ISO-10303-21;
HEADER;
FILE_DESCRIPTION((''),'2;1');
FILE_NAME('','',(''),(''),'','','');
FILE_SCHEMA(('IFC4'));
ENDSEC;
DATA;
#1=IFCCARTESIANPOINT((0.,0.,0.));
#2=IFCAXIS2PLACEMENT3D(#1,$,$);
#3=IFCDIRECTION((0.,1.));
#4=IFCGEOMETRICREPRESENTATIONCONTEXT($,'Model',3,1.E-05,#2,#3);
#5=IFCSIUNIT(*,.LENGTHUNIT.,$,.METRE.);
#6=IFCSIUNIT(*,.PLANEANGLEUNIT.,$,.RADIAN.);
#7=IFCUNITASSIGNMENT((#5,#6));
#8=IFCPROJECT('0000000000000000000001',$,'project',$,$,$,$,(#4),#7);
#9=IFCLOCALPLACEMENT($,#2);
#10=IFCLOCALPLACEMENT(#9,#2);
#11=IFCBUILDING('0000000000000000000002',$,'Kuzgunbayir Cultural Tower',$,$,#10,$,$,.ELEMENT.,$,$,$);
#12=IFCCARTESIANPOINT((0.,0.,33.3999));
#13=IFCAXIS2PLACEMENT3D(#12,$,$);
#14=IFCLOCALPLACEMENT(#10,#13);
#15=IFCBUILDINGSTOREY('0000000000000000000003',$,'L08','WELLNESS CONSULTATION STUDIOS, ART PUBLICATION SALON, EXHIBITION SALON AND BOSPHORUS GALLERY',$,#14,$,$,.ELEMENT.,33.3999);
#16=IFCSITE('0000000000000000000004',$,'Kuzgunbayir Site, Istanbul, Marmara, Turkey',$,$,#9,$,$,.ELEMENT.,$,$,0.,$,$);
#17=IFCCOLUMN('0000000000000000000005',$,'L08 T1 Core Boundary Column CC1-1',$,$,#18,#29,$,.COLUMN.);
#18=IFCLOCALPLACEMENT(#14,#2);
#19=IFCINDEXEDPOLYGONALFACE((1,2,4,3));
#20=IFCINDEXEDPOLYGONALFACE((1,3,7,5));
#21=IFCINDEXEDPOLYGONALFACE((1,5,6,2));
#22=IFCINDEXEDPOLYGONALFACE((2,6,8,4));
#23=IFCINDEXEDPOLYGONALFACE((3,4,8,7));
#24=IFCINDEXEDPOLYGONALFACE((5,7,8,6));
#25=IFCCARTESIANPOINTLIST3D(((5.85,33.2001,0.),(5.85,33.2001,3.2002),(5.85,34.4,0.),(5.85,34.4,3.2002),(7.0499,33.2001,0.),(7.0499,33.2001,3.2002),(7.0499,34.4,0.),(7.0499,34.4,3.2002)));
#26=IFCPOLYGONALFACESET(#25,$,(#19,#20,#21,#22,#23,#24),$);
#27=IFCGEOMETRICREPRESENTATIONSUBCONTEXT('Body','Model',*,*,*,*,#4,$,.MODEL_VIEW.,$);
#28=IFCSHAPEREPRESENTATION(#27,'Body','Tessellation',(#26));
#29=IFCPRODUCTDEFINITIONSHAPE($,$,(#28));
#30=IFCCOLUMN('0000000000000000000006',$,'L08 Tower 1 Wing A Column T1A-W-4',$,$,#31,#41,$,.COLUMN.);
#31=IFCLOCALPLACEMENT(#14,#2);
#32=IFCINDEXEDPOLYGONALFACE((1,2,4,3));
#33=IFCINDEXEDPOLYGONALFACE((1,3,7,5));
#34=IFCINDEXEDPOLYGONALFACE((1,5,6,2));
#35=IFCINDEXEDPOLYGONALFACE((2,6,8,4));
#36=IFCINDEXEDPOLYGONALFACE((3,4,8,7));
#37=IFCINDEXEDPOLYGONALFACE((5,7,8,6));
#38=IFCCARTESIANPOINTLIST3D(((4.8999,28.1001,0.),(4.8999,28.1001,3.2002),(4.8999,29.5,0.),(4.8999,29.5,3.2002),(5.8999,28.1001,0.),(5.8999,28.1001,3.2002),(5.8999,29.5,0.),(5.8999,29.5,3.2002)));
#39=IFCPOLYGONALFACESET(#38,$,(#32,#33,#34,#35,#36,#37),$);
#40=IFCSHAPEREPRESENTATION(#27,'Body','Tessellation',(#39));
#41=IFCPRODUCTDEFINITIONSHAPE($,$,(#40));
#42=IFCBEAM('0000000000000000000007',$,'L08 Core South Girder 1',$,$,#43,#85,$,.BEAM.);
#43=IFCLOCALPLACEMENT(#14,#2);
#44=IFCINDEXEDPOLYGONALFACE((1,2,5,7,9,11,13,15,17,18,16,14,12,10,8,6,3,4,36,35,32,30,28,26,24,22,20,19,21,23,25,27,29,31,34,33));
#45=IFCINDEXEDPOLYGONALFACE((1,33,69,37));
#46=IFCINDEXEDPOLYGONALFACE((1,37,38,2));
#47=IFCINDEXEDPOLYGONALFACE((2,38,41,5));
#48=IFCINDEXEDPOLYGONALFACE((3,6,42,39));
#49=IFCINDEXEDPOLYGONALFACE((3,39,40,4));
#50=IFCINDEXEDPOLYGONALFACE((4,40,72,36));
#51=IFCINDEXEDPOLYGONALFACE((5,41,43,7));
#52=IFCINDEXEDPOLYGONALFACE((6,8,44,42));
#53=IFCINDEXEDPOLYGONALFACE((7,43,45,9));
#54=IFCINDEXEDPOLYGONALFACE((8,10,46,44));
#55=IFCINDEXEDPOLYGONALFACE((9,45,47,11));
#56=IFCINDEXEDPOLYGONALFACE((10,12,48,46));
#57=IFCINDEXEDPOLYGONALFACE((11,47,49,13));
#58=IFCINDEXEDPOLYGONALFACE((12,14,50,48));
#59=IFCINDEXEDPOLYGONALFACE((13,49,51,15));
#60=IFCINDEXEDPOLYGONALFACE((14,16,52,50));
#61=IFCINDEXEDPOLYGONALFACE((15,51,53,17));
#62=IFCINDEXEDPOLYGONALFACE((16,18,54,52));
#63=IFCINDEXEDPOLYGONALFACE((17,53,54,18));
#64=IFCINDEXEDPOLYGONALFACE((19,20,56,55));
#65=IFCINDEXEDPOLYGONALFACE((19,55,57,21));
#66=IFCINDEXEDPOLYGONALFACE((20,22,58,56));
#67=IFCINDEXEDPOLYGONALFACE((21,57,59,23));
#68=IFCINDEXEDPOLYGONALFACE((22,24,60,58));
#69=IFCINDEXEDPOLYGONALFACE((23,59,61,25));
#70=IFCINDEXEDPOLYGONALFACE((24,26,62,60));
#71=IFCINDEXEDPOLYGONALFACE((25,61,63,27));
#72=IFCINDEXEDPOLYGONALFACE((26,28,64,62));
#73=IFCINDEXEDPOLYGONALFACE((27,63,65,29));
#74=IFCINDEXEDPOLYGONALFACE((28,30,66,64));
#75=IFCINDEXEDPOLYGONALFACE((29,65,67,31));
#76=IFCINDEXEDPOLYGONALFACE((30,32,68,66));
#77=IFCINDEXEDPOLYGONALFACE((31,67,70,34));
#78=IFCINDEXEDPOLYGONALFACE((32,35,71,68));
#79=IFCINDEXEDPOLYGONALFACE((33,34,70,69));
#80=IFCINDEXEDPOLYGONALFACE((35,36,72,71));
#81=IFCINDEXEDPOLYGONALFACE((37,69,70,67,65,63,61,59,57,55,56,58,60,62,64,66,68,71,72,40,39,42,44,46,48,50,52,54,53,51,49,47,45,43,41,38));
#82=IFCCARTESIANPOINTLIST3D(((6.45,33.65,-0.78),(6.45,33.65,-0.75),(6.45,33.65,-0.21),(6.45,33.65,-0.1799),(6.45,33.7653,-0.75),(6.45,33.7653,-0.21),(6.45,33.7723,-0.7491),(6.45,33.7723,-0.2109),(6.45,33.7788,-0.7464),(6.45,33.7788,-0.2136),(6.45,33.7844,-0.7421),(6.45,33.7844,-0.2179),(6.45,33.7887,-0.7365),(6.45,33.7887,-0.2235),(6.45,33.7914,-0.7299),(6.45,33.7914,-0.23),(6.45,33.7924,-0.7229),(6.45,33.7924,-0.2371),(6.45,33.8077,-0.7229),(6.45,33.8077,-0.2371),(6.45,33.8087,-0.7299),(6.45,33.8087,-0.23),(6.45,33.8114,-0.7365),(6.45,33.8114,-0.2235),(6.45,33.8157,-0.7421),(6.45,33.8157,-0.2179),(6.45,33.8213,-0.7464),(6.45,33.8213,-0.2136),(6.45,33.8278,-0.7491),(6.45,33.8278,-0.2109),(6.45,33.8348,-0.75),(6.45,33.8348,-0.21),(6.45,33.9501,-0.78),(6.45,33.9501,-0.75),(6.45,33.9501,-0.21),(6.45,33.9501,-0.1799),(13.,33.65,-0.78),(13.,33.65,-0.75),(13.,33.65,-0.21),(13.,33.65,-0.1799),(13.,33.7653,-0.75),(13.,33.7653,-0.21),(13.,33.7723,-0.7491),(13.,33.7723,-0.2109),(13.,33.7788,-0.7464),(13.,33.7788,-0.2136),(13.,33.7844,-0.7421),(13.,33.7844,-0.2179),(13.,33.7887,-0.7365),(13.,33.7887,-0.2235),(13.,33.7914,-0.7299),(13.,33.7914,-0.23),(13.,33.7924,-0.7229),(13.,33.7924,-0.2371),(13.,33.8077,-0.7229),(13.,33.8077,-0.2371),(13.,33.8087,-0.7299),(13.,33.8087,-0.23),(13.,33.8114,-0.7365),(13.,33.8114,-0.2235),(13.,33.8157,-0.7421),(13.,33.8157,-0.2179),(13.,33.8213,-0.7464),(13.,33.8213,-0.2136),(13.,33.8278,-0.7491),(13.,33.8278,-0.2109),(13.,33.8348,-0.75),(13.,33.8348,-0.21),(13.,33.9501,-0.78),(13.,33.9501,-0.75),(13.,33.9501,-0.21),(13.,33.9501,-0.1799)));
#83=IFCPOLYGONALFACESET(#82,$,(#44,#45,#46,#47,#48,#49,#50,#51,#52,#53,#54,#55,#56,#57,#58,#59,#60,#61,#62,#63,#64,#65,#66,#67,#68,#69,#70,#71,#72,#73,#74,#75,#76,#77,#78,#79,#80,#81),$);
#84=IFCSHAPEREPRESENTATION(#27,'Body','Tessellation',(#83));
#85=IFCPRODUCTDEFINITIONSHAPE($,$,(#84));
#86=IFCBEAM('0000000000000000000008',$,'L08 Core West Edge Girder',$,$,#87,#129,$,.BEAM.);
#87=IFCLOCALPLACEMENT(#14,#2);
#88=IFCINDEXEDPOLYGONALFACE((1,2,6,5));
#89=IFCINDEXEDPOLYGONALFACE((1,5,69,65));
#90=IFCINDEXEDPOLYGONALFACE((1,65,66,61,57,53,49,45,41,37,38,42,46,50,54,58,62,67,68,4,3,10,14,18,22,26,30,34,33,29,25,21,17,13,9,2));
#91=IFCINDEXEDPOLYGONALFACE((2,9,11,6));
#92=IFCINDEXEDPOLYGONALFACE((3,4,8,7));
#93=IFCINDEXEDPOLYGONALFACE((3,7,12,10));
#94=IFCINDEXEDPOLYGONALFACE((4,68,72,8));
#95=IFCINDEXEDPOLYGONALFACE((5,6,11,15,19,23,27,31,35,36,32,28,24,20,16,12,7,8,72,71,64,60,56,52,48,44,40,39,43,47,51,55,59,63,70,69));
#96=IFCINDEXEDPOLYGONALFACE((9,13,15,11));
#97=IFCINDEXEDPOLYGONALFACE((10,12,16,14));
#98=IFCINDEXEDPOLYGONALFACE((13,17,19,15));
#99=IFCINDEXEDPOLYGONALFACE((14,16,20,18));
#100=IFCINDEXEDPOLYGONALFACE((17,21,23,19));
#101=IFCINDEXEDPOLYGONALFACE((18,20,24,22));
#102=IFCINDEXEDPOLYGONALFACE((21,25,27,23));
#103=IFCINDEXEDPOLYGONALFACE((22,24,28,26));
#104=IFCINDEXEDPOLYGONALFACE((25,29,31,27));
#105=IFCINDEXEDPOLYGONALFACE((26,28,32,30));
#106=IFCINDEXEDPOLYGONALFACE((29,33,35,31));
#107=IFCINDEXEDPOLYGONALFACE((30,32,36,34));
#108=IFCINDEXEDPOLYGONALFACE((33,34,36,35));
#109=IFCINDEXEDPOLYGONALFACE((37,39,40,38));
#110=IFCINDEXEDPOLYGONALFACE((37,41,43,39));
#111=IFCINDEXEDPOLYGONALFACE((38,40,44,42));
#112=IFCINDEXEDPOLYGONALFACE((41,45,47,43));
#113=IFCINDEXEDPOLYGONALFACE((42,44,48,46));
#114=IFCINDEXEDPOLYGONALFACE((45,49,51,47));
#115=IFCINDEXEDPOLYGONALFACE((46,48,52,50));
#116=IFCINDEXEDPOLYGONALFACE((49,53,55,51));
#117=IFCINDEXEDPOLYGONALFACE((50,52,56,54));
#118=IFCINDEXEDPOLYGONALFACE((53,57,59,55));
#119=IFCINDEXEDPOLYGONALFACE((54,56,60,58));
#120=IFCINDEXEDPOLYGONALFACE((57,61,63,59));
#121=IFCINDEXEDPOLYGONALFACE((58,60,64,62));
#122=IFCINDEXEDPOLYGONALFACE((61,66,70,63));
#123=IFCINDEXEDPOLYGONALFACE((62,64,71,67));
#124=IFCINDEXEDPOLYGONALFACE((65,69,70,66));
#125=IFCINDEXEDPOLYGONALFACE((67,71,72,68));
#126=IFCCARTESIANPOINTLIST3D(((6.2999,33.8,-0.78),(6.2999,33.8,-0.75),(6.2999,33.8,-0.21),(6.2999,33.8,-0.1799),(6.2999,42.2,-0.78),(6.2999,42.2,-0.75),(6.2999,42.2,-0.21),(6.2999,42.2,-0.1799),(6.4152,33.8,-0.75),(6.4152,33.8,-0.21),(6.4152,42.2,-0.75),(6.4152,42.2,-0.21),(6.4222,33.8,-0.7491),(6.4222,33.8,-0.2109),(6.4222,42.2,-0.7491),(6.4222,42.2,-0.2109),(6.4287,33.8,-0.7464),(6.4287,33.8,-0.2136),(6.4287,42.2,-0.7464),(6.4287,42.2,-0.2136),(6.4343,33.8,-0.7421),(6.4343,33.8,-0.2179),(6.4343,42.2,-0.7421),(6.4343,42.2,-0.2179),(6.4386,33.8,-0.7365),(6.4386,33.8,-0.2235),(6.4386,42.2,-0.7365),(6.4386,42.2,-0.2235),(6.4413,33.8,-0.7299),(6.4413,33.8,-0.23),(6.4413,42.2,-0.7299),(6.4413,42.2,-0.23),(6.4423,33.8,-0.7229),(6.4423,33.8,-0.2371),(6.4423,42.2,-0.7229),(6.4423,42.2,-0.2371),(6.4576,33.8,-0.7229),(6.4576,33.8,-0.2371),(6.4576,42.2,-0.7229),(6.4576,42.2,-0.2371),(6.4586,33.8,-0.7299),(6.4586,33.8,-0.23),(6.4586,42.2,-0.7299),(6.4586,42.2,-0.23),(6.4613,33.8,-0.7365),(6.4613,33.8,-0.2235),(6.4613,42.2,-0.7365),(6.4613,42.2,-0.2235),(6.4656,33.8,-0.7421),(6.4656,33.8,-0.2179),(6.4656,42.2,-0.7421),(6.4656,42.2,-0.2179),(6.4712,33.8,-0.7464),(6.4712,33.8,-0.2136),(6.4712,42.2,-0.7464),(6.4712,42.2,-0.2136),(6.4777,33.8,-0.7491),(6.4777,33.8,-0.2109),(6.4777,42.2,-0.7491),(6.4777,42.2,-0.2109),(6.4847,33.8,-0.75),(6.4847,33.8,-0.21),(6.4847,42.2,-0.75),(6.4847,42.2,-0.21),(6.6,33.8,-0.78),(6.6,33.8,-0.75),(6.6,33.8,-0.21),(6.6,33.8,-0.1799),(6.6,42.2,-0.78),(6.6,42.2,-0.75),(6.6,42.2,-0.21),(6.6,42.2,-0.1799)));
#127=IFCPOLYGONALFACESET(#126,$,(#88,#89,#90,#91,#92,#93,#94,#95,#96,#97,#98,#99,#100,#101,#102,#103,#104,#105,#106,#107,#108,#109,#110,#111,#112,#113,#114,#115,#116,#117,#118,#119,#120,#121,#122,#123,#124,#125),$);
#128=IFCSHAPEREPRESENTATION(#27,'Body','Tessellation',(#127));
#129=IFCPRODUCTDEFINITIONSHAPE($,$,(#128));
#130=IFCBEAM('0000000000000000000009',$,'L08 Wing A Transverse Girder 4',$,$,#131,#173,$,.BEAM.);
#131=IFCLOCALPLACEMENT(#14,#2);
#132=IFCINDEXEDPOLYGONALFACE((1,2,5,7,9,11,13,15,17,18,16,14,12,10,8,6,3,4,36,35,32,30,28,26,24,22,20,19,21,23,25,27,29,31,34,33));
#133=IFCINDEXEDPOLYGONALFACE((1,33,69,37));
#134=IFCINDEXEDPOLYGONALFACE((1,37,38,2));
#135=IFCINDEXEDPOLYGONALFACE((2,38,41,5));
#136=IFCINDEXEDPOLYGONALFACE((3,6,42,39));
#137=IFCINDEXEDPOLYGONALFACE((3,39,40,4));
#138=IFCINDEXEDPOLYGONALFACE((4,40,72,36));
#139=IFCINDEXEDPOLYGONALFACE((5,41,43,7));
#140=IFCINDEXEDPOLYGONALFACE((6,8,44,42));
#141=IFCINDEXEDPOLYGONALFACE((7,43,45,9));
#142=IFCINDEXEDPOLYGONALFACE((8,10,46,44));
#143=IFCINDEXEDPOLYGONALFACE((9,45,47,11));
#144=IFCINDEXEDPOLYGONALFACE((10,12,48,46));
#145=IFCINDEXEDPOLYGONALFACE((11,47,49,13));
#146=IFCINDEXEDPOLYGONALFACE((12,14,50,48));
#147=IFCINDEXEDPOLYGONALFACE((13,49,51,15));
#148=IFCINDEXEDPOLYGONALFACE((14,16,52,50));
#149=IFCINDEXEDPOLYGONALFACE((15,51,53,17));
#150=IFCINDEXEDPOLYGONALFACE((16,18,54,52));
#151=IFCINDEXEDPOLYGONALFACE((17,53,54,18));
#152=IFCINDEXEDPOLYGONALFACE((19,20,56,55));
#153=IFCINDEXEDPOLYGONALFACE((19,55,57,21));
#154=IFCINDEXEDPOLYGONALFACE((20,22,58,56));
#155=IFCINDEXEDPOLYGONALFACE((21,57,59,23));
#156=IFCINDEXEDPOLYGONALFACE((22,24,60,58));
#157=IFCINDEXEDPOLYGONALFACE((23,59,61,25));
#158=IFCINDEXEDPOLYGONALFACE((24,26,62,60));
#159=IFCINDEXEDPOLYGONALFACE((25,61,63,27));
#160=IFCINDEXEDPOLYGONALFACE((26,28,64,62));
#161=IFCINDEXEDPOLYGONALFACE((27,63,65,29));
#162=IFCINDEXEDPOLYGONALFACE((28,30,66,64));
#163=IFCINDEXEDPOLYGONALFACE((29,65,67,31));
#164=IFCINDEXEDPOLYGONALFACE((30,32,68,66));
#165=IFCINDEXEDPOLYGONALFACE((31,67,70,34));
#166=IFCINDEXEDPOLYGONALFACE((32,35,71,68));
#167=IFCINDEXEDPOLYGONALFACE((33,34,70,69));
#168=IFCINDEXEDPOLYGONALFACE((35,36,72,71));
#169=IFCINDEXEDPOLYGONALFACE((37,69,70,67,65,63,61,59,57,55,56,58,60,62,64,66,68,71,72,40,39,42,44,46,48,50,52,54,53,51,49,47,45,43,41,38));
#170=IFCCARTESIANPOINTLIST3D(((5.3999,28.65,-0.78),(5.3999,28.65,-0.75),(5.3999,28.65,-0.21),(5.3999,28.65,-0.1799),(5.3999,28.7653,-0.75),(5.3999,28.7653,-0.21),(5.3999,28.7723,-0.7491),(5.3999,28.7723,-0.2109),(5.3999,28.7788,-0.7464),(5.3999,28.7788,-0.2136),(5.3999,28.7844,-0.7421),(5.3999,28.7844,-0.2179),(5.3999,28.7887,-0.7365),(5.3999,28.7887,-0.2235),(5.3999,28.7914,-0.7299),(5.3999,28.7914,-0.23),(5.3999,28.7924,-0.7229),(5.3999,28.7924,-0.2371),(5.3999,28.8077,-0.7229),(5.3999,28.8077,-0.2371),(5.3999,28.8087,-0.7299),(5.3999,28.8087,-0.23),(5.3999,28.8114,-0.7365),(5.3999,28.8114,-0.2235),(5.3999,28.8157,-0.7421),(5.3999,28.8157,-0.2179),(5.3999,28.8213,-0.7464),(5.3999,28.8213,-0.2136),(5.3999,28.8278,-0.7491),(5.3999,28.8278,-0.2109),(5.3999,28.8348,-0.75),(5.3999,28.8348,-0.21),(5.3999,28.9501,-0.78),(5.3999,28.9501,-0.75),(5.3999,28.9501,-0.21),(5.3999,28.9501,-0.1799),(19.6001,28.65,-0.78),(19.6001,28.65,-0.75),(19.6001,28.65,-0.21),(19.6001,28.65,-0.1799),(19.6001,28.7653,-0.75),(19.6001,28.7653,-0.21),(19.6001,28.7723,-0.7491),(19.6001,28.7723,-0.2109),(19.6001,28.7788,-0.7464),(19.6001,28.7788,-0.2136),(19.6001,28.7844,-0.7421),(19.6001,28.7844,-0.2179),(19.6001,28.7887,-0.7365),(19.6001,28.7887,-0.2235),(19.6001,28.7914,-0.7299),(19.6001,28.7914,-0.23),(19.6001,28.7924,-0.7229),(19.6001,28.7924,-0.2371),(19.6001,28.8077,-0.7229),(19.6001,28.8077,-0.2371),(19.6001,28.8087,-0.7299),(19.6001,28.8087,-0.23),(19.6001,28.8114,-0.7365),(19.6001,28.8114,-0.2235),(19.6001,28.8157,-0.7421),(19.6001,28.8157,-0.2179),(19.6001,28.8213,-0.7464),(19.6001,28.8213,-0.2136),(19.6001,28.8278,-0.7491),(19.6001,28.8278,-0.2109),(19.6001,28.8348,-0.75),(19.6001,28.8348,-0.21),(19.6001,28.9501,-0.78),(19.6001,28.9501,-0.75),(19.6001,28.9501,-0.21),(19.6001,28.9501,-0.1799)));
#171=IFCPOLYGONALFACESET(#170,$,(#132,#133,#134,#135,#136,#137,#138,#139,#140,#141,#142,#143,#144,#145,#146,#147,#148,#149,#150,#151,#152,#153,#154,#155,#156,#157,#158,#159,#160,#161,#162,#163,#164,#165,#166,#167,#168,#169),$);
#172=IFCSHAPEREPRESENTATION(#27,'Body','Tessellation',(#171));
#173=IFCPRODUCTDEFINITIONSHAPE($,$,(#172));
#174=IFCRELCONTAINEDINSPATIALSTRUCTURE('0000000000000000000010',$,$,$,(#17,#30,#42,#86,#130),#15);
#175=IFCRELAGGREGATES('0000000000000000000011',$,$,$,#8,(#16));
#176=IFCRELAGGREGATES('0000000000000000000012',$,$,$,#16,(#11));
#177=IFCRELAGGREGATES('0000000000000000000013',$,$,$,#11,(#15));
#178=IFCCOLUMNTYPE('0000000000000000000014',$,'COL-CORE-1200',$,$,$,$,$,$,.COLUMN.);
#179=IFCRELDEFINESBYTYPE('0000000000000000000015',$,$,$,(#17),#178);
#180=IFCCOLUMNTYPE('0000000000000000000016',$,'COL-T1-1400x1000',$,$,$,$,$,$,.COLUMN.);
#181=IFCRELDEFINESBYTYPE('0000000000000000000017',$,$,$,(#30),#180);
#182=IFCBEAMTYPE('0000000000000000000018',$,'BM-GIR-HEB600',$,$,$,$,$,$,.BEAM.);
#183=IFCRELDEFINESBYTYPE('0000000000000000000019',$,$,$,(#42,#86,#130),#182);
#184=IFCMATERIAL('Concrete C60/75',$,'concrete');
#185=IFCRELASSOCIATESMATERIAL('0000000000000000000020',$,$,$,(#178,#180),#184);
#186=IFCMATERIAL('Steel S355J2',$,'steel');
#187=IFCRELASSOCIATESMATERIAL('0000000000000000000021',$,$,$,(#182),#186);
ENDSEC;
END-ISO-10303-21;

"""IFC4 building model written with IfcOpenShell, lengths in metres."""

from ifc_helpers import new_model, si_unit, direction, frame, origin, origin_2d, place, context, subcontext, project, spatial, rectangle, i_section, extrude, material, material_profile, profile_set, type_object, element, save


model = new_model("IFC4")

# Units and contexts
model_context = context("Model", 3, precision=1e-05, world=origin(), true_north=direction((0.0, 1.0)))
body_context = subcontext(model_context, "Body", "Model", "MODEL_VIEW")
ifc_project = project(units=[si_unit("LENGTHUNIT", "METRE"), si_unit("PLANEANGLEUNIT", "RADIAN")], contexts=[model_context])

# Site, building, storey
site_placement = place(None, origin())
site = spatial("IfcSite", under=ifc_project, at=site_placement, Name="Kuzgunbayir Site, Istanbul, Marmara, Turkey", CompositionType="ELEMENT", RefElevation=0.0)
building_placement = place(site_placement, origin())
building = spatial("IfcBuilding", under=site, at=building_placement, Name="Kuzgunbayir Cultural Tower", CompositionType="ELEMENT")
storey_placement = place(building_placement, frame((0.0, 0.0, 33.3999)))
storey = spatial("IfcBuildingStorey", under=building, at=storey_placement, Name="L08", Description="WELLNESS CONSULTATION STUDIOS, ART PUBLICATION SALON, EXHIBITION SALON AND BOSPHORUS GALLERY", CompositionType="ELEMENT", Elevation=33.3999)

# Columns
ifc_material_1 = material(Name="Concrete C60/75", Category="concrete")
ifc_material_profile_1 = material_profile(ifc_material_1, rectangle(XDim=1.2, YDim=1.2, at=origin_2d()), Name="RC 1200x1200")
ifc_profile_set_1 = profile_set([ifc_material_profile_1], Name="Concrete C60/75")
column_type_1 = type_object("IfcColumnType", Name="COL-CORE-1200", PredefinedType="COLUMN", material=ifc_profile_set_1)
column_1_placement = place(storey_placement, frame((6.45, 33.8, 0.0), z_axis=(0.0, 0.0, 1.0), x_axis=(1.0, 0.0, 0.0)))
element("IfcColumn", 1, at=column_1_placement, inside=storey, type_object=column_type_1, Name="L08 T1 Core Boundary Column CC1-1", PredefinedType="COLUMN", context=body_context, shape_type="SweptSolid", body=[
    extrude(rectangle(XDim=1.2, YDim=1.2, at=origin_2d()), origin(), (0.0, 0.0, 1.0), 3.2002),
])
ifc_material_profile_2 = material_profile(ifc_material_1, rectangle(XDim=1.0, YDim=1.3999, at=origin_2d()), Name="RC 1400x1000")
ifc_profile_set_2 = profile_set([ifc_material_profile_2], Name="Concrete C60/75")
column_type_2 = type_object("IfcColumnType", Name="COL-T1-1400x1000", PredefinedType="COLUMN", material=ifc_profile_set_2)
column_2_placement = place(storey_placement, frame((5.3999, 28.8, 0.0), z_axis=(0.0, 0.0, 1.0), x_axis=(1.0, 0.0, 0.0)))
element("IfcColumn", 2, at=column_2_placement, inside=storey, type_object=column_type_2, Name="L08 Tower 1 Wing A Column T1A-W-4", PredefinedType="COLUMN", context=body_context, shape_type="SweptSolid", body=[
    extrude(rectangle(XDim=1.0, YDim=1.3999, at=origin_2d()), origin(), (0.0, 0.0, 1.0), 3.2002),
])

# Beams
ifc_material_2 = material(Name="Steel S355J2", Category="steel")
ifc_material_profile_3 = material_profile(ifc_material_2, i_section(OverallWidth=0.3, OverallDepth=0.6001, WebThickness=0.0154, FlangeThickness=0.03, FilletRadius=0.0271, at=origin_2d()), Name="HEB 600")
ifc_profile_set_3 = profile_set([ifc_material_profile_3], Name="Steel S355J2")
beam_type_1 = type_object("IfcBeamType", Name="BM-GIR-HEB600", PredefinedType="BEAM", material=ifc_profile_set_3)
beam_1_placement = place(storey_placement, frame((6.45, 33.8, -0.48), z_axis=(1.0, 0.0, 0.0), x_axis=(0.0, 1.0, 0.0)))
element("IfcBeam", 3, at=beam_1_placement, inside=storey, type_object=beam_type_1, Name="L08 Core South Girder 1", PredefinedType="BEAM", context=body_context, shape_type="SweptSolid", body=[
    extrude(i_section(OverallWidth=0.3, OverallDepth=0.6001, WebThickness=0.0154, FlangeThickness=0.03, FilletRadius=0.0271, at=origin_2d()), origin(), (0.0, 0.0, 1.0), 6.55),
])
beam_2_placement = place(storey_placement, frame((6.45, 33.8, -0.48), z_axis=(0.0, 1.0, 0.0), x_axis=(-1.0, 0.0, 0.0)))
element("IfcBeam", 4, at=beam_2_placement, inside=storey, type_object=beam_type_1, Name="L08 Core West Edge Girder", PredefinedType="BEAM", context=body_context, shape_type="SweptSolid", body=[
    extrude(i_section(OverallWidth=0.3, OverallDepth=0.6001, WebThickness=0.0154, FlangeThickness=0.03, FilletRadius=0.0271, at=origin_2d()), origin(), (0.0, 0.0, 1.0), 8.3999),
])
beam_3_placement = place(storey_placement, frame((5.3999, 28.8, -0.48), z_axis=(1.0, 0.0, 0.0), x_axis=(0.0, 1.0, 0.0)))
element("IfcBeam", 5, at=beam_3_placement, inside=storey, type_object=beam_type_1, Name="L08 Wing A Transverse Girder 4", PredefinedType="BEAM", context=body_context, shape_type="SweptSolid", body=[
    extrude(i_section(OverallWidth=0.3, OverallDepth=0.6001, WebThickness=0.0154, FlangeThickness=0.03, FilletRadius=0.0271, at=origin_2d()), origin(), (0.0, 0.0, 1.0), 14.2002),
])

save(model, "model.ifc")
